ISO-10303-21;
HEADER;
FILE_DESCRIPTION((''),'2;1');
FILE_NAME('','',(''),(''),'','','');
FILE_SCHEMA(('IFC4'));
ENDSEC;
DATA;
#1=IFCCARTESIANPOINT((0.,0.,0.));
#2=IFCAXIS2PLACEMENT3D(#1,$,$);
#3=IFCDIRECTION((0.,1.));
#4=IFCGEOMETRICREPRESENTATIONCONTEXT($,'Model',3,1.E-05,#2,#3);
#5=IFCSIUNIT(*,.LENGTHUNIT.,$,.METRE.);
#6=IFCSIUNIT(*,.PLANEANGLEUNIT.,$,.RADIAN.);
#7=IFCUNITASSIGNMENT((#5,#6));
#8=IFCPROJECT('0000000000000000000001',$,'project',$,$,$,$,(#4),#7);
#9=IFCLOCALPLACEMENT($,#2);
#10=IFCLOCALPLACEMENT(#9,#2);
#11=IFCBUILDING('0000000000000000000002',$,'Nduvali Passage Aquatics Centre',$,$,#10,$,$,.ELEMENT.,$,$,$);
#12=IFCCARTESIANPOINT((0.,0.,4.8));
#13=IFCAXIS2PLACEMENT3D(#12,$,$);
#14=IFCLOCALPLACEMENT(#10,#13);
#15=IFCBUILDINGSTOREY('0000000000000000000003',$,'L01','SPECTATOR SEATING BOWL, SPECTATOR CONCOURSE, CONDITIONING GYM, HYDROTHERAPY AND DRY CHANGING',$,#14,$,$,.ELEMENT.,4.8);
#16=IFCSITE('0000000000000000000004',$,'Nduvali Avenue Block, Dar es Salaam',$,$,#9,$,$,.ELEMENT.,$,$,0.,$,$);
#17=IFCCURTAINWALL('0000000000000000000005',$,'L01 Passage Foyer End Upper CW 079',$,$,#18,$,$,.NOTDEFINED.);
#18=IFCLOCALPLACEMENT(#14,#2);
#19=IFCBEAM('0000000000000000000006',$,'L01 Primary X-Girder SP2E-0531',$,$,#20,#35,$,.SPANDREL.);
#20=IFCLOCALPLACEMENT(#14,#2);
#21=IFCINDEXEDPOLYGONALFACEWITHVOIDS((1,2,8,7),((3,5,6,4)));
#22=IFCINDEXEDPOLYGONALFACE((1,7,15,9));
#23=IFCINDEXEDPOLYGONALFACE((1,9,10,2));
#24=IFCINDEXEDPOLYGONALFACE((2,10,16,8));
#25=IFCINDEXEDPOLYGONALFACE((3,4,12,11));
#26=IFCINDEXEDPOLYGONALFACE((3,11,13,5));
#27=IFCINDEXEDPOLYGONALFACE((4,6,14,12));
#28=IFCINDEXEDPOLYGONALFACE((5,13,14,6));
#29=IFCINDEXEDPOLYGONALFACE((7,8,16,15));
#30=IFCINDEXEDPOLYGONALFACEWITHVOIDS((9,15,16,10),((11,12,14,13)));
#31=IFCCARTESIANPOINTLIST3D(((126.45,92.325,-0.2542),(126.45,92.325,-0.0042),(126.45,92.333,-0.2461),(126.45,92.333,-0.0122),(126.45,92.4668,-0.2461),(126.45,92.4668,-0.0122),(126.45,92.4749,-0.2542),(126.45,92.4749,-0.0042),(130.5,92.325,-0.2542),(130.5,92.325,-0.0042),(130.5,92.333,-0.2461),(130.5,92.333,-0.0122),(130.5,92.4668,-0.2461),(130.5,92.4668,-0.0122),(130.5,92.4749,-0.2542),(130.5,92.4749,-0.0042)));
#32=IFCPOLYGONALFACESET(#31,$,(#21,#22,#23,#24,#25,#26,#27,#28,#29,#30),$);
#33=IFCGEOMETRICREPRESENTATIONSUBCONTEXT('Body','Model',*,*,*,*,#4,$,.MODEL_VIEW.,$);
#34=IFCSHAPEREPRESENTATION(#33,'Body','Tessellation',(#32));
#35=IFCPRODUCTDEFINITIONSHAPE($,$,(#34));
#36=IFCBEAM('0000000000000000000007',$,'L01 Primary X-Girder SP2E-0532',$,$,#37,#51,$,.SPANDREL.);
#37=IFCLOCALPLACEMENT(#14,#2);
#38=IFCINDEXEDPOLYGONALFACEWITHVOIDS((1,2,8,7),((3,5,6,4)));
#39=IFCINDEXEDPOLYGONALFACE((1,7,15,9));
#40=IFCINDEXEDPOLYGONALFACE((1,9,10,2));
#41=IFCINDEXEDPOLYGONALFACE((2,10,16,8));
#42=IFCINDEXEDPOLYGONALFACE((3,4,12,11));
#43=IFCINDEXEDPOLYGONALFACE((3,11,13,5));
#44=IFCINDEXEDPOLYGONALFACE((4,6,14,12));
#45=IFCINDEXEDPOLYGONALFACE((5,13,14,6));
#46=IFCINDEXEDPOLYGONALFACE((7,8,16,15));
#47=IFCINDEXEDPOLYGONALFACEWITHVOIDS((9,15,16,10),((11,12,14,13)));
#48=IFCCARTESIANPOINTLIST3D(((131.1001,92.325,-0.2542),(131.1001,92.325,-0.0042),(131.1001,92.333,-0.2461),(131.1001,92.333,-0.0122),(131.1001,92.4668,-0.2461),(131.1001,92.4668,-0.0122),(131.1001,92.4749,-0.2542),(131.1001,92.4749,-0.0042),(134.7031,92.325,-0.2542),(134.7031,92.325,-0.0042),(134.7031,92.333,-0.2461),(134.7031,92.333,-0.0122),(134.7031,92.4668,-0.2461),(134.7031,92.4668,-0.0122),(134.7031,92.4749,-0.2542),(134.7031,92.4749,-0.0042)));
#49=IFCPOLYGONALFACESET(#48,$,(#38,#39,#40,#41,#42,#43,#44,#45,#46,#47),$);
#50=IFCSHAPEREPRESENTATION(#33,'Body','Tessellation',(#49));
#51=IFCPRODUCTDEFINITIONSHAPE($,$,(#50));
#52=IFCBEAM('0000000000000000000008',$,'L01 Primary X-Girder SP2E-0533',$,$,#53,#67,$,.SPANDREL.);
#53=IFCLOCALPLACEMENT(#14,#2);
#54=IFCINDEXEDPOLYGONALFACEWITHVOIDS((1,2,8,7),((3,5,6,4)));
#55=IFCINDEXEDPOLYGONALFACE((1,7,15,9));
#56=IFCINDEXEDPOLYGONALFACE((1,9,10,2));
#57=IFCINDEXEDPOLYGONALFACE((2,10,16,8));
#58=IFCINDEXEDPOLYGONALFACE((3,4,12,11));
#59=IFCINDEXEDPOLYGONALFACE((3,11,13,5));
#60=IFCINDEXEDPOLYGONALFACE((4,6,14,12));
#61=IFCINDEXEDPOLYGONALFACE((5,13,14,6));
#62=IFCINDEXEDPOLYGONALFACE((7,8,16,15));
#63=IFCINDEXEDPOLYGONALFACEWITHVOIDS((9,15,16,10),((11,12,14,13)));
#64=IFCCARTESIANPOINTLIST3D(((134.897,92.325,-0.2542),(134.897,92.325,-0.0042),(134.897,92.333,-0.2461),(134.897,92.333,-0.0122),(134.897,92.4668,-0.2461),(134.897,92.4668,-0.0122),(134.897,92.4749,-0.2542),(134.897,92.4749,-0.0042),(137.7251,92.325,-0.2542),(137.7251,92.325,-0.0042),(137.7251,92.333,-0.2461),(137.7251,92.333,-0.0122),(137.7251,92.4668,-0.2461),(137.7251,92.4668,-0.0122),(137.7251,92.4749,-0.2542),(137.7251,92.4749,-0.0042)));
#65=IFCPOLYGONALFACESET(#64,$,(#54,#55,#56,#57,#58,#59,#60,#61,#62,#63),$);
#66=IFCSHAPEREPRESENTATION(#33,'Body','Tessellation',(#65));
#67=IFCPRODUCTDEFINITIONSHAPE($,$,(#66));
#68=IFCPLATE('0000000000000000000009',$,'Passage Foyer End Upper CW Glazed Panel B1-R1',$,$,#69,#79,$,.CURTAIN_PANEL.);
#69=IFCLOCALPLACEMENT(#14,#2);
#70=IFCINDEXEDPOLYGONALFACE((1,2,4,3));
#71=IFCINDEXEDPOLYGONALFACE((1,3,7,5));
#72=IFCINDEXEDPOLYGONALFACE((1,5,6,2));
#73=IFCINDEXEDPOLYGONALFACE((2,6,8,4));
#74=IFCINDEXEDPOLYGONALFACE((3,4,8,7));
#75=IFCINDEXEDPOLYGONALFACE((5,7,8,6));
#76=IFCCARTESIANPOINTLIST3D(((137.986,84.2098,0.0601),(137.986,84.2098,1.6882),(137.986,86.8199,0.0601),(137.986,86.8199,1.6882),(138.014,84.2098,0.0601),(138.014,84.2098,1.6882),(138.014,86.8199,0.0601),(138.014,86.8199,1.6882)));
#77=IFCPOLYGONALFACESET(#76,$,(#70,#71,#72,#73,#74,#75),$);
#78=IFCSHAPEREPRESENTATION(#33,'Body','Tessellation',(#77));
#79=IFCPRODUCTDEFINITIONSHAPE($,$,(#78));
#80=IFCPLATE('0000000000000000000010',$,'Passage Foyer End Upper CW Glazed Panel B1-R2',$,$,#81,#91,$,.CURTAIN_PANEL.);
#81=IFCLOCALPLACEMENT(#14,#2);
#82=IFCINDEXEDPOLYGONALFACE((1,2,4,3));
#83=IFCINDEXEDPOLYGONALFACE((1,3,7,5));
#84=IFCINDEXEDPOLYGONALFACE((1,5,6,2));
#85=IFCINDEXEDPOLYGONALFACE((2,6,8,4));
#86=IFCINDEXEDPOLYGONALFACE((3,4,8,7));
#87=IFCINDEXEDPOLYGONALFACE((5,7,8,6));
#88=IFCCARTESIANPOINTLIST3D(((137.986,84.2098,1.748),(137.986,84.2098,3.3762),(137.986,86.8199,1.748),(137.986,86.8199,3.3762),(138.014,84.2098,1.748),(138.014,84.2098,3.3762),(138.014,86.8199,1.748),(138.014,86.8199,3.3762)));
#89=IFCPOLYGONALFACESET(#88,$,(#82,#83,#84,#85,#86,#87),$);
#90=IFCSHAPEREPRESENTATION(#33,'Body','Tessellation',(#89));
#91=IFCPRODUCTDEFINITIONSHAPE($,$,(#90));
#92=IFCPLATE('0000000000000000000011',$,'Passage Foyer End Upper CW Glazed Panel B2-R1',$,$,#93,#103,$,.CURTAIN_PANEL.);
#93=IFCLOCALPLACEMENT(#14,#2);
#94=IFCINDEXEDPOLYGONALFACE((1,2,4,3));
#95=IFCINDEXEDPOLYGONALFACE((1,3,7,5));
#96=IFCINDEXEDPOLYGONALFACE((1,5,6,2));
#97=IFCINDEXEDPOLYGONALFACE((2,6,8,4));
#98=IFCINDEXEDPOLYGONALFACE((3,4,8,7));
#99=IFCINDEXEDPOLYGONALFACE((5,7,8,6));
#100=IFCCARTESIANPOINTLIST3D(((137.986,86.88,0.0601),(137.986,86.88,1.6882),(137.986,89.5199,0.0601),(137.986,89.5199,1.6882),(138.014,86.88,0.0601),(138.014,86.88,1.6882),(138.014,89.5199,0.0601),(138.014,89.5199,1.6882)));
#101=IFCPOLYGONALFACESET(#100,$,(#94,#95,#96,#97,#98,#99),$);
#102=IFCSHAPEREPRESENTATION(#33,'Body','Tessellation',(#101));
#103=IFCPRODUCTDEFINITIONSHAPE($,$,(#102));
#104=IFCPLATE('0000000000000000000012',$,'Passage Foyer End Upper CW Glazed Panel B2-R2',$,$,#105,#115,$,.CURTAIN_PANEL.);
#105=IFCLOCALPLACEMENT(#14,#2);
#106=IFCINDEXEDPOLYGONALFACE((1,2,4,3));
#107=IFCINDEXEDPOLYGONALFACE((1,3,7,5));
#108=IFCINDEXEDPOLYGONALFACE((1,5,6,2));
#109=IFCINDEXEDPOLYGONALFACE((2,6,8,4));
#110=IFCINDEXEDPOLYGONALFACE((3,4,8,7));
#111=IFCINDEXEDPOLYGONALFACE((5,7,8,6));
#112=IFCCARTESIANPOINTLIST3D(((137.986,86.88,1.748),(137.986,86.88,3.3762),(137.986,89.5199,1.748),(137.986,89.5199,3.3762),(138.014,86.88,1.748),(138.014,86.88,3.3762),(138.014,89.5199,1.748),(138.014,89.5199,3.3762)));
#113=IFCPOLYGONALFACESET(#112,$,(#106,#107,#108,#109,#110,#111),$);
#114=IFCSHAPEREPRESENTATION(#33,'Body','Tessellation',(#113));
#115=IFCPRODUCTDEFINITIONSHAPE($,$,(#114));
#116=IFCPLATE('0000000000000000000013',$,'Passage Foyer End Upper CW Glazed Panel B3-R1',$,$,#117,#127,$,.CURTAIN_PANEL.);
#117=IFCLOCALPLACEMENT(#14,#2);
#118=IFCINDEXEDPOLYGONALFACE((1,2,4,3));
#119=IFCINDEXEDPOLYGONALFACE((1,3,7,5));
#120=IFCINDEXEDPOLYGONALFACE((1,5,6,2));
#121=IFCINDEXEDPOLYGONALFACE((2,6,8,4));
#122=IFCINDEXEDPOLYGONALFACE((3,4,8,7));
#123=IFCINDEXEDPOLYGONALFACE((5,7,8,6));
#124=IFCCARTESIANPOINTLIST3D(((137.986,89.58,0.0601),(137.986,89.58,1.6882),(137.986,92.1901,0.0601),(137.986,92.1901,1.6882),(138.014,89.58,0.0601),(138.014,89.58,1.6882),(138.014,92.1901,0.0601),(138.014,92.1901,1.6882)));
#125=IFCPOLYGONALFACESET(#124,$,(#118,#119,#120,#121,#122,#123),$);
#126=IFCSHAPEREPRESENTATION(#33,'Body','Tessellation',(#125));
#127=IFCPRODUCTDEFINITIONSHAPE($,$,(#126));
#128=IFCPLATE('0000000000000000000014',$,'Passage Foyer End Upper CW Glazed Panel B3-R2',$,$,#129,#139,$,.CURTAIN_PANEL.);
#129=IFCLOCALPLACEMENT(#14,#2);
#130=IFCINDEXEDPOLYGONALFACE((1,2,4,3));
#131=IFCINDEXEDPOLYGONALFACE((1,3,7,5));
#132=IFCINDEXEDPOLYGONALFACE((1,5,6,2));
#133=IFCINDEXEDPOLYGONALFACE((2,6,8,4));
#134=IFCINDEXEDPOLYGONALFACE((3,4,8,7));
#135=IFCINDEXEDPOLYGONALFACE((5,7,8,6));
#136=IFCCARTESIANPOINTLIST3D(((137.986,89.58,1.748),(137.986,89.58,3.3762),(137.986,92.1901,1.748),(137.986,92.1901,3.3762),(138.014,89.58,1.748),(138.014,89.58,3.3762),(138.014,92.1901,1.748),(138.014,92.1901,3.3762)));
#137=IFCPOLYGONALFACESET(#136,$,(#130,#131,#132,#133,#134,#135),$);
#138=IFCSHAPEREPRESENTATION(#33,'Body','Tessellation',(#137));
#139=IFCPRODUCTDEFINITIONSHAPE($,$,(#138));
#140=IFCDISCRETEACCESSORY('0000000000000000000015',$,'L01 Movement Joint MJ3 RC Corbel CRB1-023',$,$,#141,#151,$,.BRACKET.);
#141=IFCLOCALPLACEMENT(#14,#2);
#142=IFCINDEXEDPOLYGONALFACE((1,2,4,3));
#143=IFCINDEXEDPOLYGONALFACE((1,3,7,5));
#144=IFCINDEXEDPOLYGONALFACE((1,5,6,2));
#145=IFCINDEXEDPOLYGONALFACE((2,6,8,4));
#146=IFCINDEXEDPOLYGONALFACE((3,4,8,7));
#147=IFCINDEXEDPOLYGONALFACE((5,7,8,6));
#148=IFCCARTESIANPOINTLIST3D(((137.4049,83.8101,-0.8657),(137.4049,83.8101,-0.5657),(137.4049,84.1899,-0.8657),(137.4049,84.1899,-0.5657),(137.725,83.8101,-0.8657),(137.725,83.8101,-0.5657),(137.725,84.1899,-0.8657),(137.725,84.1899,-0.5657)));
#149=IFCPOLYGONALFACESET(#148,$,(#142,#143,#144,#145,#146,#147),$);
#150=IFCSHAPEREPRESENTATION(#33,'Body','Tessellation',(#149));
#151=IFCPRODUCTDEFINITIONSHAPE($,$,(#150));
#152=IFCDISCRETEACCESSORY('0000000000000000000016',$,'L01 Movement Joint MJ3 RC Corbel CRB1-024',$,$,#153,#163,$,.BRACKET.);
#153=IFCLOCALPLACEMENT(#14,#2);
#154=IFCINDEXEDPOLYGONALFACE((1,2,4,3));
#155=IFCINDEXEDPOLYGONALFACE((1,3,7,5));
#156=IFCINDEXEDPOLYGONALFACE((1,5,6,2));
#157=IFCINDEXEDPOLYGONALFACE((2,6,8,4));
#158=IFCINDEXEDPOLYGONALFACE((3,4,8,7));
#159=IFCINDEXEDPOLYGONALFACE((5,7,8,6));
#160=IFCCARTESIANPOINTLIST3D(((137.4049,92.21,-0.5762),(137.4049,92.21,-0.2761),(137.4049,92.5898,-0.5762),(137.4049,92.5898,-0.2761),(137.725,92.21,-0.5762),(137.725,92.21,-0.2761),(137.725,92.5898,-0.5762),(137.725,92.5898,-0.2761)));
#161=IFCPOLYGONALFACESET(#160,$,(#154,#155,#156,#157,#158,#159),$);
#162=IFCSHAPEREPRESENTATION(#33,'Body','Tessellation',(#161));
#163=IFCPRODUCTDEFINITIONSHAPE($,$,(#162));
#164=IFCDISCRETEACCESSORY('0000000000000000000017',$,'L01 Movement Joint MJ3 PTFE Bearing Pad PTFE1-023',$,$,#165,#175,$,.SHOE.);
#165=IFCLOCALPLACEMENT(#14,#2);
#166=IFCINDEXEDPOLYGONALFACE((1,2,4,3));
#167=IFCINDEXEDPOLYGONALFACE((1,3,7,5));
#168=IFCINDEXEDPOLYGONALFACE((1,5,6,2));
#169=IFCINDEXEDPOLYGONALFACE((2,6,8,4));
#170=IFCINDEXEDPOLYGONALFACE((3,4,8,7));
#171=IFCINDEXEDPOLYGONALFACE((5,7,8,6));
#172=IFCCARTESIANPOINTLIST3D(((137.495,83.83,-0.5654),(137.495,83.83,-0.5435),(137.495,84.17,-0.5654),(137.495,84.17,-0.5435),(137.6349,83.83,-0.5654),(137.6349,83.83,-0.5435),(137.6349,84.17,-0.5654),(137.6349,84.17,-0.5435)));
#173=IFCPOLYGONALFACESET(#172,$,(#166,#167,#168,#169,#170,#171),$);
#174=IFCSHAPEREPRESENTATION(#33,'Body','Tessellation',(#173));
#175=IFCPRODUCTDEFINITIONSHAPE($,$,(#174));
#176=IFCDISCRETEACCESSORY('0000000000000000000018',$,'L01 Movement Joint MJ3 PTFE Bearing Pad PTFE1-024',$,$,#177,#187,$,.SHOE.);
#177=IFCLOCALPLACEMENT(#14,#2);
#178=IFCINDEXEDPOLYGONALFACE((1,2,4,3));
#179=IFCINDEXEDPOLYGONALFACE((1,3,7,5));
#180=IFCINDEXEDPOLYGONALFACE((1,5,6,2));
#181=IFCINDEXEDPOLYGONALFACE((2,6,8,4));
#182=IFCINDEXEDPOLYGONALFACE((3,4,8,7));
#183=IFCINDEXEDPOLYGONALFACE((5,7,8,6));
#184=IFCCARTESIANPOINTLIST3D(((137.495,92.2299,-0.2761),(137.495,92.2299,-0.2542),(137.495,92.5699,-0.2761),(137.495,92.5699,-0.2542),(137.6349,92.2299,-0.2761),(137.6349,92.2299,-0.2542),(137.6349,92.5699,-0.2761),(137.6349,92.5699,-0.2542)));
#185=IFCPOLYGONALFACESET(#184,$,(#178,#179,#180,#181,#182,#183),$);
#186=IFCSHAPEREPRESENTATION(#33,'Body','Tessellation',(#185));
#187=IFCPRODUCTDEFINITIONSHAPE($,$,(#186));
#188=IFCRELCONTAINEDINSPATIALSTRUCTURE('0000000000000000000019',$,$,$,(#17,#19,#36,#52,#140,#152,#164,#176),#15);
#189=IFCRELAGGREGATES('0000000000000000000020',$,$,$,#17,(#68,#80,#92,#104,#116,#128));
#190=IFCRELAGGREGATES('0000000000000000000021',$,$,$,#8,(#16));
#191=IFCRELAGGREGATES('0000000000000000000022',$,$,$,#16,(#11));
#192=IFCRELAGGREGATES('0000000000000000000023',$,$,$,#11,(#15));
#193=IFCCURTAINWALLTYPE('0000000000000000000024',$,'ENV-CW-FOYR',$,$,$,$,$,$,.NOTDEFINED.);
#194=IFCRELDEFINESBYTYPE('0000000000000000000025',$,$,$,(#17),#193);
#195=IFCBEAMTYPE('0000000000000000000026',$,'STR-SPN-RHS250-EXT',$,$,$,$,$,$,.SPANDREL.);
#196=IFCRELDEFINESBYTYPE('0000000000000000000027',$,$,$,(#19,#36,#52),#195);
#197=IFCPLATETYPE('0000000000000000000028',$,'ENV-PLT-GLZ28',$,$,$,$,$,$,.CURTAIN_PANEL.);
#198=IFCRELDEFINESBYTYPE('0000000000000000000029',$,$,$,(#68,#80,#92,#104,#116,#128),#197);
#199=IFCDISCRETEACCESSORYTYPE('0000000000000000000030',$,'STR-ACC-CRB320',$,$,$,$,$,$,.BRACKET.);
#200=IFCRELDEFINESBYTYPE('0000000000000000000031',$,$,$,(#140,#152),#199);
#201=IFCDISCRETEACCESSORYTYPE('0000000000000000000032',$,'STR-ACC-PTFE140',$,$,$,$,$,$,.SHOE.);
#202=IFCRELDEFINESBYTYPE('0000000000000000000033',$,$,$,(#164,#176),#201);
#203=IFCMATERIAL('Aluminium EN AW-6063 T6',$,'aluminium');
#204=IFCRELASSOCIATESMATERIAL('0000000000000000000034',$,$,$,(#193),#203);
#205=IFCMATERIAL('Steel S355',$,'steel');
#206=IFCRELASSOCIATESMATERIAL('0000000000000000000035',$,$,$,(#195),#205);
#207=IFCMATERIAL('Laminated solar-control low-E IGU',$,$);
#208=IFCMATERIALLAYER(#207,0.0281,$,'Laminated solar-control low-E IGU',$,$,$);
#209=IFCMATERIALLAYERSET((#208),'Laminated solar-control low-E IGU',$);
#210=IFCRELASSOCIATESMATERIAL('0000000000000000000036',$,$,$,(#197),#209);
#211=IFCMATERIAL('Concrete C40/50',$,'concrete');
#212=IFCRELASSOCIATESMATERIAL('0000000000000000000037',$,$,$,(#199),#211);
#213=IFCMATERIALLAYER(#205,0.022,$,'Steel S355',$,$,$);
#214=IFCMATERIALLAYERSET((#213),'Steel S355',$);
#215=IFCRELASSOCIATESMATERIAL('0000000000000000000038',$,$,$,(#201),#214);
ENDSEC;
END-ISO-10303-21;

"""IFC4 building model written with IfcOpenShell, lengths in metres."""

from ifc_helpers import new_model, si_unit, direction, frame, origin, origin_2d, place, context, subcontext, project, spatial, rectangle, hollow_rectangle, extrude, material, layer, layer_set, material_profile, profile_set, type_object, element, aggregate, save


model = new_model("IFC4")

# Units and contexts
model_context = context("Model", 3, precision=1e-05, world=origin(), true_north=direction((0.0, 1.0)))
body_context = subcontext(model_context, "Body", "Model", "MODEL_VIEW")
ifc_project = project(units=[si_unit("LENGTHUNIT", "METRE"), si_unit("PLANEANGLEUNIT", "RADIAN")], contexts=[model_context])

# Site, building, storey
site_placement = place(None, origin())
site = spatial("IfcSite", under=ifc_project, at=site_placement, Name="Nduvali Avenue Block, Dar es Salaam", CompositionType="ELEMENT", RefElevation=0.0)
building_placement = place(site_placement, origin())
building = spatial("IfcBuilding", under=site, at=building_placement, Name="Nduvali Passage Aquatics Centre", CompositionType="ELEMENT")
storey_placement = place(building_placement, frame((0.0, 0.0, 4.8)))
storey = spatial("IfcBuildingStorey", under=building, at=storey_placement, Name="L01", Description="SPECTATOR SEATING BOWL, SPECTATOR CONCOURSE, CONDITIONING GYM, HYDROTHERAPY AND DRY CHANGING", CompositionType="ELEMENT", Elevation=4.8)

# Shared definitions
ifc_material_1 = material(Name="Steel S355", Category="steel")

# Shared definitions
ifc_material_2 = material(Name="Aluminium EN AW-6063 T6", Category="aluminium")
curtain_wall_type = type_object("IfcCurtainWallType", Name="ENV-CW-FOYR", PredefinedType="NOTDEFINED", material=ifc_material_2)

# Curtain wall
curtain_wall_1_placement = place(storey_placement, origin())
curtain_wall_1 = element("IfcCurtainWall", 1, at=curtain_wall_1_placement, inside=storey, type_object=curtain_wall_type, Name="L01 Passage Foyer End Upper CW 079", PredefinedType="NOTDEFINED")

# Beams
ifc_material_profile_1 = material_profile(ifc_material_1, hollow_rectangle(XDim=0.1499, YDim=0.25, WallThickness=0.0081, at=origin_2d()), Name="RHS 250x150x8.0")
ifc_profile_set_1 = profile_set([ifc_material_profile_1], Name="Steel S355")
beam_type_1 = type_object("IfcBeamType", Name="STR-SPN-RHS250-EXT", PredefinedType="SPANDREL", material=ifc_profile_set_1)
beam_1_placement = place(storey_placement, frame((126.45, 92.3999, -0.1292), z_axis=(1.0, 0.0, 0.0), x_axis=(0.0, 1.0, 0.0)))
element("IfcBeam", 2, at=beam_1_placement, inside=storey, type_object=beam_type_1, Name="L01 Primary X-Girder SP2E-0531", PredefinedType="SPANDREL", context=body_context, shape_type="SweptSolid", body=[
    extrude(hollow_rectangle(XDim=0.1499, YDim=0.25, WallThickness=0.0081, at=origin_2d()), origin(), (0.0, 0.0, 1.0), 4.05),
])
beam_2_placement = place(storey_placement, frame((131.1001, 92.3999, -0.1292), z_axis=(1.0, 0.0, 0.0), x_axis=(0.0, 1.0, 0.0)))
element("IfcBeam", 3, at=beam_2_placement, inside=storey, type_object=beam_type_1, Name="L01 Primary X-Girder SP2E-0532", PredefinedType="SPANDREL", context=body_context, shape_type="SweptSolid", body=[
    extrude(hollow_rectangle(XDim=0.1499, YDim=0.25, WallThickness=0.0081, at=origin_2d()), origin(), (0.0, 0.0, 1.0), 3.603),
])
beam_3_placement = place(storey_placement, frame((134.897, 92.3999, -0.1292), z_axis=(1.0, 0.0, 0.0), x_axis=(0.0, 1.0, 0.0)))
element("IfcBeam", 4, at=beam_3_placement, inside=storey, type_object=beam_type_1, Name="L01 Primary X-Girder SP2E-0533", PredefinedType="SPANDREL", context=body_context, shape_type="SweptSolid", body=[
    extrude(hollow_rectangle(XDim=0.1499, YDim=0.25, WallThickness=0.0081, at=origin_2d()), origin(), (0.0, 0.0, 1.0), 2.8281),
])

# Plates
ifc_material_3 = material(Name="Laminated solar-control low-E IGU")
ifc_layer_1 = layer(ifc_material_3, 0.0281, Name="Laminated solar-control low-E IGU")
ifc_layer_set_1 = layer_set([ifc_layer_1], Name="Laminated solar-control low-E IGU")
plate_type = type_object("IfcPlateType", Name="ENV-PLT-GLZ28", PredefinedType="CURTAIN_PANEL", material=ifc_layer_set_1)
plate_1_placement = place(storey_placement, frame((138.0, 85.5149, 0.0601), z_axis=(0.0, 0.0, 1.0), x_axis=(0.0, 1.0, 0.0)))
plate_1 = element("IfcPlate", 5, at=plate_1_placement, type_object=plate_type, Name="Passage Foyer End Upper CW Glazed Panel B1-R1", PredefinedType="CURTAIN_PANEL", context=body_context, shape_type="SweptSolid", body=[
    extrude(rectangle(XDim=2.6101, YDim=0.0281, at=origin_2d()), origin(), (0.0, 0.0, 1.0), 1.6282),
])
plate_2_placement = place(storey_placement, frame((138.0, 85.5149, 1.748), z_axis=(0.0, 0.0, 1.0), x_axis=(0.0, 1.0, 0.0)))
plate_2 = element("IfcPlate", 6, at=plate_2_placement, type_object=plate_type, Name="Passage Foyer End Upper CW Glazed Panel B1-R2", PredefinedType="CURTAIN_PANEL", context=body_context, shape_type="SweptSolid", body=[
    extrude(rectangle(XDim=2.6101, YDim=0.0281, at=origin_2d()), origin(), (0.0, 0.0, 1.0), 1.6282),
])
plate_3_placement = place(storey_placement, frame((138.0, 88.2, 0.0601), z_axis=(0.0, 0.0, 1.0), x_axis=(0.0, 1.0, 0.0)))
plate_3 = element("IfcPlate", 7, at=plate_3_placement, type_object=plate_type, Name="Passage Foyer End Upper CW Glazed Panel B2-R1", PredefinedType="CURTAIN_PANEL", context=body_context, shape_type="SweptSolid", body=[
    extrude(rectangle(XDim=2.6399, YDim=0.0281, at=origin_2d()), origin(), (0.0, 0.0, 1.0), 1.6282),
])
plate_4_placement = place(storey_placement, frame((138.0, 88.2, 1.748), z_axis=(0.0, 0.0, 1.0), x_axis=(0.0, 1.0, 0.0)))
plate_4 = element("IfcPlate", 8, at=plate_4_placement, type_object=plate_type, Name="Passage Foyer End Upper CW Glazed Panel B2-R2", PredefinedType="CURTAIN_PANEL", context=body_context, shape_type="SweptSolid", body=[
    extrude(rectangle(XDim=2.6399, YDim=0.0281, at=origin_2d()), origin(), (0.0, 0.0, 1.0), 1.6282),
])
plate_5_placement = place(storey_placement, frame((138.0, 90.885, 0.0601), z_axis=(0.0, 0.0, 1.0), x_axis=(0.0, 1.0, 0.0)))
plate_5 = element("IfcPlate", 9, at=plate_5_placement, type_object=plate_type, Name="Passage Foyer End Upper CW Glazed Panel B3-R1", PredefinedType="CURTAIN_PANEL", context=body_context, shape_type="SweptSolid", body=[
    extrude(rectangle(XDim=2.6101, YDim=0.0281, at=origin_2d()), origin(), (0.0, 0.0, 1.0), 1.6282),
])
plate_6_placement = place(storey_placement, frame((138.0, 90.885, 1.748), z_axis=(0.0, 0.0, 1.0), x_axis=(0.0, 1.0, 0.0)))
plate_6 = element("IfcPlate", 10, at=plate_6_placement, type_object=plate_type, Name="Passage Foyer End Upper CW Glazed Panel B3-R2", PredefinedType="CURTAIN_PANEL", context=body_context, shape_type="SweptSolid", body=[
    extrude(rectangle(XDim=2.6101, YDim=0.0281, at=origin_2d()), origin(), (0.0, 0.0, 1.0), 1.6282),
])
aggregate(curtain_wall_1, [plate_1, plate_2, plate_3, plate_4, plate_5, plate_6])

# Discrete accessories
ifc_material_4 = material(Name="Concrete C40/50", Category="concrete")
discrete_accessory_type_1 = type_object("IfcDiscreteAccessoryType", Name="STR-ACC-CRB320", PredefinedType="BRACKET", material=ifc_material_4)
for number, where, z_axis, x_axis, name in (
    (11, (137.5649, 84.0, -0.8657), (0.0, 0.0, 1.0), (1.0, 0.0, 0.0), "L01 Movement Joint MJ3 RC Corbel CRB1-023"),
    (12, (137.5649, 92.3999, -0.5762), (0.0, 0.0, 1.0), (1.0, 0.0, 0.0), "L01 Movement Joint MJ3 RC Corbel CRB1-024"),
):
    element("IfcDiscreteAccessory", number, at=place(storey_placement, frame(where, z_axis=z_axis, x_axis=x_axis)), inside=storey, type_object=discrete_accessory_type_1, Name=name, PredefinedType="BRACKET", context=body_context, shape_type="SweptSolid", body=[
        extrude(rectangle(XDim=0.3201, YDim=0.3799, at=origin_2d()), origin(), (0.0, 0.0, 1.0), 0.3),
    ])
ifc_layer_2 = layer(ifc_material_1, 0.022, Name="Steel S355")
ifc_layer_set_2 = layer_set([ifc_layer_2], Name="Steel S355")
discrete_accessory_type_2 = type_object("IfcDiscreteAccessoryType", Name="STR-ACC-PTFE140", PredefinedType="SHOE", material=ifc_layer_set_2)
for number, where, z_axis, x_axis, name in (
    (13, (137.5649, 84.0, -0.5654), (0.0, 0.0, 1.0), (1.0, 0.0, 0.0), "L01 Movement Joint MJ3 PTFE Bearing Pad PTFE1-023"),
    (14, (137.5649, 92.3999, -0.2761), (0.0, 0.0, 1.0), (1.0, 0.0, 0.0), "L01 Movement Joint MJ3 PTFE Bearing Pad PTFE1-024"),
):
    element("IfcDiscreteAccessory", number, at=place(storey_placement, frame(where, z_axis=z_axis, x_axis=x_axis)), inside=storey, type_object=discrete_accessory_type_2, Name=name, PredefinedType="SHOE", context=body_context, shape_type="SweptSolid", body=[
        extrude(rectangle(XDim=0.1399, YDim=0.3401, at=origin_2d()), origin(), (0.0, 0.0, 1.0), 0.022),
    ])

save(model, "model.ifc")
